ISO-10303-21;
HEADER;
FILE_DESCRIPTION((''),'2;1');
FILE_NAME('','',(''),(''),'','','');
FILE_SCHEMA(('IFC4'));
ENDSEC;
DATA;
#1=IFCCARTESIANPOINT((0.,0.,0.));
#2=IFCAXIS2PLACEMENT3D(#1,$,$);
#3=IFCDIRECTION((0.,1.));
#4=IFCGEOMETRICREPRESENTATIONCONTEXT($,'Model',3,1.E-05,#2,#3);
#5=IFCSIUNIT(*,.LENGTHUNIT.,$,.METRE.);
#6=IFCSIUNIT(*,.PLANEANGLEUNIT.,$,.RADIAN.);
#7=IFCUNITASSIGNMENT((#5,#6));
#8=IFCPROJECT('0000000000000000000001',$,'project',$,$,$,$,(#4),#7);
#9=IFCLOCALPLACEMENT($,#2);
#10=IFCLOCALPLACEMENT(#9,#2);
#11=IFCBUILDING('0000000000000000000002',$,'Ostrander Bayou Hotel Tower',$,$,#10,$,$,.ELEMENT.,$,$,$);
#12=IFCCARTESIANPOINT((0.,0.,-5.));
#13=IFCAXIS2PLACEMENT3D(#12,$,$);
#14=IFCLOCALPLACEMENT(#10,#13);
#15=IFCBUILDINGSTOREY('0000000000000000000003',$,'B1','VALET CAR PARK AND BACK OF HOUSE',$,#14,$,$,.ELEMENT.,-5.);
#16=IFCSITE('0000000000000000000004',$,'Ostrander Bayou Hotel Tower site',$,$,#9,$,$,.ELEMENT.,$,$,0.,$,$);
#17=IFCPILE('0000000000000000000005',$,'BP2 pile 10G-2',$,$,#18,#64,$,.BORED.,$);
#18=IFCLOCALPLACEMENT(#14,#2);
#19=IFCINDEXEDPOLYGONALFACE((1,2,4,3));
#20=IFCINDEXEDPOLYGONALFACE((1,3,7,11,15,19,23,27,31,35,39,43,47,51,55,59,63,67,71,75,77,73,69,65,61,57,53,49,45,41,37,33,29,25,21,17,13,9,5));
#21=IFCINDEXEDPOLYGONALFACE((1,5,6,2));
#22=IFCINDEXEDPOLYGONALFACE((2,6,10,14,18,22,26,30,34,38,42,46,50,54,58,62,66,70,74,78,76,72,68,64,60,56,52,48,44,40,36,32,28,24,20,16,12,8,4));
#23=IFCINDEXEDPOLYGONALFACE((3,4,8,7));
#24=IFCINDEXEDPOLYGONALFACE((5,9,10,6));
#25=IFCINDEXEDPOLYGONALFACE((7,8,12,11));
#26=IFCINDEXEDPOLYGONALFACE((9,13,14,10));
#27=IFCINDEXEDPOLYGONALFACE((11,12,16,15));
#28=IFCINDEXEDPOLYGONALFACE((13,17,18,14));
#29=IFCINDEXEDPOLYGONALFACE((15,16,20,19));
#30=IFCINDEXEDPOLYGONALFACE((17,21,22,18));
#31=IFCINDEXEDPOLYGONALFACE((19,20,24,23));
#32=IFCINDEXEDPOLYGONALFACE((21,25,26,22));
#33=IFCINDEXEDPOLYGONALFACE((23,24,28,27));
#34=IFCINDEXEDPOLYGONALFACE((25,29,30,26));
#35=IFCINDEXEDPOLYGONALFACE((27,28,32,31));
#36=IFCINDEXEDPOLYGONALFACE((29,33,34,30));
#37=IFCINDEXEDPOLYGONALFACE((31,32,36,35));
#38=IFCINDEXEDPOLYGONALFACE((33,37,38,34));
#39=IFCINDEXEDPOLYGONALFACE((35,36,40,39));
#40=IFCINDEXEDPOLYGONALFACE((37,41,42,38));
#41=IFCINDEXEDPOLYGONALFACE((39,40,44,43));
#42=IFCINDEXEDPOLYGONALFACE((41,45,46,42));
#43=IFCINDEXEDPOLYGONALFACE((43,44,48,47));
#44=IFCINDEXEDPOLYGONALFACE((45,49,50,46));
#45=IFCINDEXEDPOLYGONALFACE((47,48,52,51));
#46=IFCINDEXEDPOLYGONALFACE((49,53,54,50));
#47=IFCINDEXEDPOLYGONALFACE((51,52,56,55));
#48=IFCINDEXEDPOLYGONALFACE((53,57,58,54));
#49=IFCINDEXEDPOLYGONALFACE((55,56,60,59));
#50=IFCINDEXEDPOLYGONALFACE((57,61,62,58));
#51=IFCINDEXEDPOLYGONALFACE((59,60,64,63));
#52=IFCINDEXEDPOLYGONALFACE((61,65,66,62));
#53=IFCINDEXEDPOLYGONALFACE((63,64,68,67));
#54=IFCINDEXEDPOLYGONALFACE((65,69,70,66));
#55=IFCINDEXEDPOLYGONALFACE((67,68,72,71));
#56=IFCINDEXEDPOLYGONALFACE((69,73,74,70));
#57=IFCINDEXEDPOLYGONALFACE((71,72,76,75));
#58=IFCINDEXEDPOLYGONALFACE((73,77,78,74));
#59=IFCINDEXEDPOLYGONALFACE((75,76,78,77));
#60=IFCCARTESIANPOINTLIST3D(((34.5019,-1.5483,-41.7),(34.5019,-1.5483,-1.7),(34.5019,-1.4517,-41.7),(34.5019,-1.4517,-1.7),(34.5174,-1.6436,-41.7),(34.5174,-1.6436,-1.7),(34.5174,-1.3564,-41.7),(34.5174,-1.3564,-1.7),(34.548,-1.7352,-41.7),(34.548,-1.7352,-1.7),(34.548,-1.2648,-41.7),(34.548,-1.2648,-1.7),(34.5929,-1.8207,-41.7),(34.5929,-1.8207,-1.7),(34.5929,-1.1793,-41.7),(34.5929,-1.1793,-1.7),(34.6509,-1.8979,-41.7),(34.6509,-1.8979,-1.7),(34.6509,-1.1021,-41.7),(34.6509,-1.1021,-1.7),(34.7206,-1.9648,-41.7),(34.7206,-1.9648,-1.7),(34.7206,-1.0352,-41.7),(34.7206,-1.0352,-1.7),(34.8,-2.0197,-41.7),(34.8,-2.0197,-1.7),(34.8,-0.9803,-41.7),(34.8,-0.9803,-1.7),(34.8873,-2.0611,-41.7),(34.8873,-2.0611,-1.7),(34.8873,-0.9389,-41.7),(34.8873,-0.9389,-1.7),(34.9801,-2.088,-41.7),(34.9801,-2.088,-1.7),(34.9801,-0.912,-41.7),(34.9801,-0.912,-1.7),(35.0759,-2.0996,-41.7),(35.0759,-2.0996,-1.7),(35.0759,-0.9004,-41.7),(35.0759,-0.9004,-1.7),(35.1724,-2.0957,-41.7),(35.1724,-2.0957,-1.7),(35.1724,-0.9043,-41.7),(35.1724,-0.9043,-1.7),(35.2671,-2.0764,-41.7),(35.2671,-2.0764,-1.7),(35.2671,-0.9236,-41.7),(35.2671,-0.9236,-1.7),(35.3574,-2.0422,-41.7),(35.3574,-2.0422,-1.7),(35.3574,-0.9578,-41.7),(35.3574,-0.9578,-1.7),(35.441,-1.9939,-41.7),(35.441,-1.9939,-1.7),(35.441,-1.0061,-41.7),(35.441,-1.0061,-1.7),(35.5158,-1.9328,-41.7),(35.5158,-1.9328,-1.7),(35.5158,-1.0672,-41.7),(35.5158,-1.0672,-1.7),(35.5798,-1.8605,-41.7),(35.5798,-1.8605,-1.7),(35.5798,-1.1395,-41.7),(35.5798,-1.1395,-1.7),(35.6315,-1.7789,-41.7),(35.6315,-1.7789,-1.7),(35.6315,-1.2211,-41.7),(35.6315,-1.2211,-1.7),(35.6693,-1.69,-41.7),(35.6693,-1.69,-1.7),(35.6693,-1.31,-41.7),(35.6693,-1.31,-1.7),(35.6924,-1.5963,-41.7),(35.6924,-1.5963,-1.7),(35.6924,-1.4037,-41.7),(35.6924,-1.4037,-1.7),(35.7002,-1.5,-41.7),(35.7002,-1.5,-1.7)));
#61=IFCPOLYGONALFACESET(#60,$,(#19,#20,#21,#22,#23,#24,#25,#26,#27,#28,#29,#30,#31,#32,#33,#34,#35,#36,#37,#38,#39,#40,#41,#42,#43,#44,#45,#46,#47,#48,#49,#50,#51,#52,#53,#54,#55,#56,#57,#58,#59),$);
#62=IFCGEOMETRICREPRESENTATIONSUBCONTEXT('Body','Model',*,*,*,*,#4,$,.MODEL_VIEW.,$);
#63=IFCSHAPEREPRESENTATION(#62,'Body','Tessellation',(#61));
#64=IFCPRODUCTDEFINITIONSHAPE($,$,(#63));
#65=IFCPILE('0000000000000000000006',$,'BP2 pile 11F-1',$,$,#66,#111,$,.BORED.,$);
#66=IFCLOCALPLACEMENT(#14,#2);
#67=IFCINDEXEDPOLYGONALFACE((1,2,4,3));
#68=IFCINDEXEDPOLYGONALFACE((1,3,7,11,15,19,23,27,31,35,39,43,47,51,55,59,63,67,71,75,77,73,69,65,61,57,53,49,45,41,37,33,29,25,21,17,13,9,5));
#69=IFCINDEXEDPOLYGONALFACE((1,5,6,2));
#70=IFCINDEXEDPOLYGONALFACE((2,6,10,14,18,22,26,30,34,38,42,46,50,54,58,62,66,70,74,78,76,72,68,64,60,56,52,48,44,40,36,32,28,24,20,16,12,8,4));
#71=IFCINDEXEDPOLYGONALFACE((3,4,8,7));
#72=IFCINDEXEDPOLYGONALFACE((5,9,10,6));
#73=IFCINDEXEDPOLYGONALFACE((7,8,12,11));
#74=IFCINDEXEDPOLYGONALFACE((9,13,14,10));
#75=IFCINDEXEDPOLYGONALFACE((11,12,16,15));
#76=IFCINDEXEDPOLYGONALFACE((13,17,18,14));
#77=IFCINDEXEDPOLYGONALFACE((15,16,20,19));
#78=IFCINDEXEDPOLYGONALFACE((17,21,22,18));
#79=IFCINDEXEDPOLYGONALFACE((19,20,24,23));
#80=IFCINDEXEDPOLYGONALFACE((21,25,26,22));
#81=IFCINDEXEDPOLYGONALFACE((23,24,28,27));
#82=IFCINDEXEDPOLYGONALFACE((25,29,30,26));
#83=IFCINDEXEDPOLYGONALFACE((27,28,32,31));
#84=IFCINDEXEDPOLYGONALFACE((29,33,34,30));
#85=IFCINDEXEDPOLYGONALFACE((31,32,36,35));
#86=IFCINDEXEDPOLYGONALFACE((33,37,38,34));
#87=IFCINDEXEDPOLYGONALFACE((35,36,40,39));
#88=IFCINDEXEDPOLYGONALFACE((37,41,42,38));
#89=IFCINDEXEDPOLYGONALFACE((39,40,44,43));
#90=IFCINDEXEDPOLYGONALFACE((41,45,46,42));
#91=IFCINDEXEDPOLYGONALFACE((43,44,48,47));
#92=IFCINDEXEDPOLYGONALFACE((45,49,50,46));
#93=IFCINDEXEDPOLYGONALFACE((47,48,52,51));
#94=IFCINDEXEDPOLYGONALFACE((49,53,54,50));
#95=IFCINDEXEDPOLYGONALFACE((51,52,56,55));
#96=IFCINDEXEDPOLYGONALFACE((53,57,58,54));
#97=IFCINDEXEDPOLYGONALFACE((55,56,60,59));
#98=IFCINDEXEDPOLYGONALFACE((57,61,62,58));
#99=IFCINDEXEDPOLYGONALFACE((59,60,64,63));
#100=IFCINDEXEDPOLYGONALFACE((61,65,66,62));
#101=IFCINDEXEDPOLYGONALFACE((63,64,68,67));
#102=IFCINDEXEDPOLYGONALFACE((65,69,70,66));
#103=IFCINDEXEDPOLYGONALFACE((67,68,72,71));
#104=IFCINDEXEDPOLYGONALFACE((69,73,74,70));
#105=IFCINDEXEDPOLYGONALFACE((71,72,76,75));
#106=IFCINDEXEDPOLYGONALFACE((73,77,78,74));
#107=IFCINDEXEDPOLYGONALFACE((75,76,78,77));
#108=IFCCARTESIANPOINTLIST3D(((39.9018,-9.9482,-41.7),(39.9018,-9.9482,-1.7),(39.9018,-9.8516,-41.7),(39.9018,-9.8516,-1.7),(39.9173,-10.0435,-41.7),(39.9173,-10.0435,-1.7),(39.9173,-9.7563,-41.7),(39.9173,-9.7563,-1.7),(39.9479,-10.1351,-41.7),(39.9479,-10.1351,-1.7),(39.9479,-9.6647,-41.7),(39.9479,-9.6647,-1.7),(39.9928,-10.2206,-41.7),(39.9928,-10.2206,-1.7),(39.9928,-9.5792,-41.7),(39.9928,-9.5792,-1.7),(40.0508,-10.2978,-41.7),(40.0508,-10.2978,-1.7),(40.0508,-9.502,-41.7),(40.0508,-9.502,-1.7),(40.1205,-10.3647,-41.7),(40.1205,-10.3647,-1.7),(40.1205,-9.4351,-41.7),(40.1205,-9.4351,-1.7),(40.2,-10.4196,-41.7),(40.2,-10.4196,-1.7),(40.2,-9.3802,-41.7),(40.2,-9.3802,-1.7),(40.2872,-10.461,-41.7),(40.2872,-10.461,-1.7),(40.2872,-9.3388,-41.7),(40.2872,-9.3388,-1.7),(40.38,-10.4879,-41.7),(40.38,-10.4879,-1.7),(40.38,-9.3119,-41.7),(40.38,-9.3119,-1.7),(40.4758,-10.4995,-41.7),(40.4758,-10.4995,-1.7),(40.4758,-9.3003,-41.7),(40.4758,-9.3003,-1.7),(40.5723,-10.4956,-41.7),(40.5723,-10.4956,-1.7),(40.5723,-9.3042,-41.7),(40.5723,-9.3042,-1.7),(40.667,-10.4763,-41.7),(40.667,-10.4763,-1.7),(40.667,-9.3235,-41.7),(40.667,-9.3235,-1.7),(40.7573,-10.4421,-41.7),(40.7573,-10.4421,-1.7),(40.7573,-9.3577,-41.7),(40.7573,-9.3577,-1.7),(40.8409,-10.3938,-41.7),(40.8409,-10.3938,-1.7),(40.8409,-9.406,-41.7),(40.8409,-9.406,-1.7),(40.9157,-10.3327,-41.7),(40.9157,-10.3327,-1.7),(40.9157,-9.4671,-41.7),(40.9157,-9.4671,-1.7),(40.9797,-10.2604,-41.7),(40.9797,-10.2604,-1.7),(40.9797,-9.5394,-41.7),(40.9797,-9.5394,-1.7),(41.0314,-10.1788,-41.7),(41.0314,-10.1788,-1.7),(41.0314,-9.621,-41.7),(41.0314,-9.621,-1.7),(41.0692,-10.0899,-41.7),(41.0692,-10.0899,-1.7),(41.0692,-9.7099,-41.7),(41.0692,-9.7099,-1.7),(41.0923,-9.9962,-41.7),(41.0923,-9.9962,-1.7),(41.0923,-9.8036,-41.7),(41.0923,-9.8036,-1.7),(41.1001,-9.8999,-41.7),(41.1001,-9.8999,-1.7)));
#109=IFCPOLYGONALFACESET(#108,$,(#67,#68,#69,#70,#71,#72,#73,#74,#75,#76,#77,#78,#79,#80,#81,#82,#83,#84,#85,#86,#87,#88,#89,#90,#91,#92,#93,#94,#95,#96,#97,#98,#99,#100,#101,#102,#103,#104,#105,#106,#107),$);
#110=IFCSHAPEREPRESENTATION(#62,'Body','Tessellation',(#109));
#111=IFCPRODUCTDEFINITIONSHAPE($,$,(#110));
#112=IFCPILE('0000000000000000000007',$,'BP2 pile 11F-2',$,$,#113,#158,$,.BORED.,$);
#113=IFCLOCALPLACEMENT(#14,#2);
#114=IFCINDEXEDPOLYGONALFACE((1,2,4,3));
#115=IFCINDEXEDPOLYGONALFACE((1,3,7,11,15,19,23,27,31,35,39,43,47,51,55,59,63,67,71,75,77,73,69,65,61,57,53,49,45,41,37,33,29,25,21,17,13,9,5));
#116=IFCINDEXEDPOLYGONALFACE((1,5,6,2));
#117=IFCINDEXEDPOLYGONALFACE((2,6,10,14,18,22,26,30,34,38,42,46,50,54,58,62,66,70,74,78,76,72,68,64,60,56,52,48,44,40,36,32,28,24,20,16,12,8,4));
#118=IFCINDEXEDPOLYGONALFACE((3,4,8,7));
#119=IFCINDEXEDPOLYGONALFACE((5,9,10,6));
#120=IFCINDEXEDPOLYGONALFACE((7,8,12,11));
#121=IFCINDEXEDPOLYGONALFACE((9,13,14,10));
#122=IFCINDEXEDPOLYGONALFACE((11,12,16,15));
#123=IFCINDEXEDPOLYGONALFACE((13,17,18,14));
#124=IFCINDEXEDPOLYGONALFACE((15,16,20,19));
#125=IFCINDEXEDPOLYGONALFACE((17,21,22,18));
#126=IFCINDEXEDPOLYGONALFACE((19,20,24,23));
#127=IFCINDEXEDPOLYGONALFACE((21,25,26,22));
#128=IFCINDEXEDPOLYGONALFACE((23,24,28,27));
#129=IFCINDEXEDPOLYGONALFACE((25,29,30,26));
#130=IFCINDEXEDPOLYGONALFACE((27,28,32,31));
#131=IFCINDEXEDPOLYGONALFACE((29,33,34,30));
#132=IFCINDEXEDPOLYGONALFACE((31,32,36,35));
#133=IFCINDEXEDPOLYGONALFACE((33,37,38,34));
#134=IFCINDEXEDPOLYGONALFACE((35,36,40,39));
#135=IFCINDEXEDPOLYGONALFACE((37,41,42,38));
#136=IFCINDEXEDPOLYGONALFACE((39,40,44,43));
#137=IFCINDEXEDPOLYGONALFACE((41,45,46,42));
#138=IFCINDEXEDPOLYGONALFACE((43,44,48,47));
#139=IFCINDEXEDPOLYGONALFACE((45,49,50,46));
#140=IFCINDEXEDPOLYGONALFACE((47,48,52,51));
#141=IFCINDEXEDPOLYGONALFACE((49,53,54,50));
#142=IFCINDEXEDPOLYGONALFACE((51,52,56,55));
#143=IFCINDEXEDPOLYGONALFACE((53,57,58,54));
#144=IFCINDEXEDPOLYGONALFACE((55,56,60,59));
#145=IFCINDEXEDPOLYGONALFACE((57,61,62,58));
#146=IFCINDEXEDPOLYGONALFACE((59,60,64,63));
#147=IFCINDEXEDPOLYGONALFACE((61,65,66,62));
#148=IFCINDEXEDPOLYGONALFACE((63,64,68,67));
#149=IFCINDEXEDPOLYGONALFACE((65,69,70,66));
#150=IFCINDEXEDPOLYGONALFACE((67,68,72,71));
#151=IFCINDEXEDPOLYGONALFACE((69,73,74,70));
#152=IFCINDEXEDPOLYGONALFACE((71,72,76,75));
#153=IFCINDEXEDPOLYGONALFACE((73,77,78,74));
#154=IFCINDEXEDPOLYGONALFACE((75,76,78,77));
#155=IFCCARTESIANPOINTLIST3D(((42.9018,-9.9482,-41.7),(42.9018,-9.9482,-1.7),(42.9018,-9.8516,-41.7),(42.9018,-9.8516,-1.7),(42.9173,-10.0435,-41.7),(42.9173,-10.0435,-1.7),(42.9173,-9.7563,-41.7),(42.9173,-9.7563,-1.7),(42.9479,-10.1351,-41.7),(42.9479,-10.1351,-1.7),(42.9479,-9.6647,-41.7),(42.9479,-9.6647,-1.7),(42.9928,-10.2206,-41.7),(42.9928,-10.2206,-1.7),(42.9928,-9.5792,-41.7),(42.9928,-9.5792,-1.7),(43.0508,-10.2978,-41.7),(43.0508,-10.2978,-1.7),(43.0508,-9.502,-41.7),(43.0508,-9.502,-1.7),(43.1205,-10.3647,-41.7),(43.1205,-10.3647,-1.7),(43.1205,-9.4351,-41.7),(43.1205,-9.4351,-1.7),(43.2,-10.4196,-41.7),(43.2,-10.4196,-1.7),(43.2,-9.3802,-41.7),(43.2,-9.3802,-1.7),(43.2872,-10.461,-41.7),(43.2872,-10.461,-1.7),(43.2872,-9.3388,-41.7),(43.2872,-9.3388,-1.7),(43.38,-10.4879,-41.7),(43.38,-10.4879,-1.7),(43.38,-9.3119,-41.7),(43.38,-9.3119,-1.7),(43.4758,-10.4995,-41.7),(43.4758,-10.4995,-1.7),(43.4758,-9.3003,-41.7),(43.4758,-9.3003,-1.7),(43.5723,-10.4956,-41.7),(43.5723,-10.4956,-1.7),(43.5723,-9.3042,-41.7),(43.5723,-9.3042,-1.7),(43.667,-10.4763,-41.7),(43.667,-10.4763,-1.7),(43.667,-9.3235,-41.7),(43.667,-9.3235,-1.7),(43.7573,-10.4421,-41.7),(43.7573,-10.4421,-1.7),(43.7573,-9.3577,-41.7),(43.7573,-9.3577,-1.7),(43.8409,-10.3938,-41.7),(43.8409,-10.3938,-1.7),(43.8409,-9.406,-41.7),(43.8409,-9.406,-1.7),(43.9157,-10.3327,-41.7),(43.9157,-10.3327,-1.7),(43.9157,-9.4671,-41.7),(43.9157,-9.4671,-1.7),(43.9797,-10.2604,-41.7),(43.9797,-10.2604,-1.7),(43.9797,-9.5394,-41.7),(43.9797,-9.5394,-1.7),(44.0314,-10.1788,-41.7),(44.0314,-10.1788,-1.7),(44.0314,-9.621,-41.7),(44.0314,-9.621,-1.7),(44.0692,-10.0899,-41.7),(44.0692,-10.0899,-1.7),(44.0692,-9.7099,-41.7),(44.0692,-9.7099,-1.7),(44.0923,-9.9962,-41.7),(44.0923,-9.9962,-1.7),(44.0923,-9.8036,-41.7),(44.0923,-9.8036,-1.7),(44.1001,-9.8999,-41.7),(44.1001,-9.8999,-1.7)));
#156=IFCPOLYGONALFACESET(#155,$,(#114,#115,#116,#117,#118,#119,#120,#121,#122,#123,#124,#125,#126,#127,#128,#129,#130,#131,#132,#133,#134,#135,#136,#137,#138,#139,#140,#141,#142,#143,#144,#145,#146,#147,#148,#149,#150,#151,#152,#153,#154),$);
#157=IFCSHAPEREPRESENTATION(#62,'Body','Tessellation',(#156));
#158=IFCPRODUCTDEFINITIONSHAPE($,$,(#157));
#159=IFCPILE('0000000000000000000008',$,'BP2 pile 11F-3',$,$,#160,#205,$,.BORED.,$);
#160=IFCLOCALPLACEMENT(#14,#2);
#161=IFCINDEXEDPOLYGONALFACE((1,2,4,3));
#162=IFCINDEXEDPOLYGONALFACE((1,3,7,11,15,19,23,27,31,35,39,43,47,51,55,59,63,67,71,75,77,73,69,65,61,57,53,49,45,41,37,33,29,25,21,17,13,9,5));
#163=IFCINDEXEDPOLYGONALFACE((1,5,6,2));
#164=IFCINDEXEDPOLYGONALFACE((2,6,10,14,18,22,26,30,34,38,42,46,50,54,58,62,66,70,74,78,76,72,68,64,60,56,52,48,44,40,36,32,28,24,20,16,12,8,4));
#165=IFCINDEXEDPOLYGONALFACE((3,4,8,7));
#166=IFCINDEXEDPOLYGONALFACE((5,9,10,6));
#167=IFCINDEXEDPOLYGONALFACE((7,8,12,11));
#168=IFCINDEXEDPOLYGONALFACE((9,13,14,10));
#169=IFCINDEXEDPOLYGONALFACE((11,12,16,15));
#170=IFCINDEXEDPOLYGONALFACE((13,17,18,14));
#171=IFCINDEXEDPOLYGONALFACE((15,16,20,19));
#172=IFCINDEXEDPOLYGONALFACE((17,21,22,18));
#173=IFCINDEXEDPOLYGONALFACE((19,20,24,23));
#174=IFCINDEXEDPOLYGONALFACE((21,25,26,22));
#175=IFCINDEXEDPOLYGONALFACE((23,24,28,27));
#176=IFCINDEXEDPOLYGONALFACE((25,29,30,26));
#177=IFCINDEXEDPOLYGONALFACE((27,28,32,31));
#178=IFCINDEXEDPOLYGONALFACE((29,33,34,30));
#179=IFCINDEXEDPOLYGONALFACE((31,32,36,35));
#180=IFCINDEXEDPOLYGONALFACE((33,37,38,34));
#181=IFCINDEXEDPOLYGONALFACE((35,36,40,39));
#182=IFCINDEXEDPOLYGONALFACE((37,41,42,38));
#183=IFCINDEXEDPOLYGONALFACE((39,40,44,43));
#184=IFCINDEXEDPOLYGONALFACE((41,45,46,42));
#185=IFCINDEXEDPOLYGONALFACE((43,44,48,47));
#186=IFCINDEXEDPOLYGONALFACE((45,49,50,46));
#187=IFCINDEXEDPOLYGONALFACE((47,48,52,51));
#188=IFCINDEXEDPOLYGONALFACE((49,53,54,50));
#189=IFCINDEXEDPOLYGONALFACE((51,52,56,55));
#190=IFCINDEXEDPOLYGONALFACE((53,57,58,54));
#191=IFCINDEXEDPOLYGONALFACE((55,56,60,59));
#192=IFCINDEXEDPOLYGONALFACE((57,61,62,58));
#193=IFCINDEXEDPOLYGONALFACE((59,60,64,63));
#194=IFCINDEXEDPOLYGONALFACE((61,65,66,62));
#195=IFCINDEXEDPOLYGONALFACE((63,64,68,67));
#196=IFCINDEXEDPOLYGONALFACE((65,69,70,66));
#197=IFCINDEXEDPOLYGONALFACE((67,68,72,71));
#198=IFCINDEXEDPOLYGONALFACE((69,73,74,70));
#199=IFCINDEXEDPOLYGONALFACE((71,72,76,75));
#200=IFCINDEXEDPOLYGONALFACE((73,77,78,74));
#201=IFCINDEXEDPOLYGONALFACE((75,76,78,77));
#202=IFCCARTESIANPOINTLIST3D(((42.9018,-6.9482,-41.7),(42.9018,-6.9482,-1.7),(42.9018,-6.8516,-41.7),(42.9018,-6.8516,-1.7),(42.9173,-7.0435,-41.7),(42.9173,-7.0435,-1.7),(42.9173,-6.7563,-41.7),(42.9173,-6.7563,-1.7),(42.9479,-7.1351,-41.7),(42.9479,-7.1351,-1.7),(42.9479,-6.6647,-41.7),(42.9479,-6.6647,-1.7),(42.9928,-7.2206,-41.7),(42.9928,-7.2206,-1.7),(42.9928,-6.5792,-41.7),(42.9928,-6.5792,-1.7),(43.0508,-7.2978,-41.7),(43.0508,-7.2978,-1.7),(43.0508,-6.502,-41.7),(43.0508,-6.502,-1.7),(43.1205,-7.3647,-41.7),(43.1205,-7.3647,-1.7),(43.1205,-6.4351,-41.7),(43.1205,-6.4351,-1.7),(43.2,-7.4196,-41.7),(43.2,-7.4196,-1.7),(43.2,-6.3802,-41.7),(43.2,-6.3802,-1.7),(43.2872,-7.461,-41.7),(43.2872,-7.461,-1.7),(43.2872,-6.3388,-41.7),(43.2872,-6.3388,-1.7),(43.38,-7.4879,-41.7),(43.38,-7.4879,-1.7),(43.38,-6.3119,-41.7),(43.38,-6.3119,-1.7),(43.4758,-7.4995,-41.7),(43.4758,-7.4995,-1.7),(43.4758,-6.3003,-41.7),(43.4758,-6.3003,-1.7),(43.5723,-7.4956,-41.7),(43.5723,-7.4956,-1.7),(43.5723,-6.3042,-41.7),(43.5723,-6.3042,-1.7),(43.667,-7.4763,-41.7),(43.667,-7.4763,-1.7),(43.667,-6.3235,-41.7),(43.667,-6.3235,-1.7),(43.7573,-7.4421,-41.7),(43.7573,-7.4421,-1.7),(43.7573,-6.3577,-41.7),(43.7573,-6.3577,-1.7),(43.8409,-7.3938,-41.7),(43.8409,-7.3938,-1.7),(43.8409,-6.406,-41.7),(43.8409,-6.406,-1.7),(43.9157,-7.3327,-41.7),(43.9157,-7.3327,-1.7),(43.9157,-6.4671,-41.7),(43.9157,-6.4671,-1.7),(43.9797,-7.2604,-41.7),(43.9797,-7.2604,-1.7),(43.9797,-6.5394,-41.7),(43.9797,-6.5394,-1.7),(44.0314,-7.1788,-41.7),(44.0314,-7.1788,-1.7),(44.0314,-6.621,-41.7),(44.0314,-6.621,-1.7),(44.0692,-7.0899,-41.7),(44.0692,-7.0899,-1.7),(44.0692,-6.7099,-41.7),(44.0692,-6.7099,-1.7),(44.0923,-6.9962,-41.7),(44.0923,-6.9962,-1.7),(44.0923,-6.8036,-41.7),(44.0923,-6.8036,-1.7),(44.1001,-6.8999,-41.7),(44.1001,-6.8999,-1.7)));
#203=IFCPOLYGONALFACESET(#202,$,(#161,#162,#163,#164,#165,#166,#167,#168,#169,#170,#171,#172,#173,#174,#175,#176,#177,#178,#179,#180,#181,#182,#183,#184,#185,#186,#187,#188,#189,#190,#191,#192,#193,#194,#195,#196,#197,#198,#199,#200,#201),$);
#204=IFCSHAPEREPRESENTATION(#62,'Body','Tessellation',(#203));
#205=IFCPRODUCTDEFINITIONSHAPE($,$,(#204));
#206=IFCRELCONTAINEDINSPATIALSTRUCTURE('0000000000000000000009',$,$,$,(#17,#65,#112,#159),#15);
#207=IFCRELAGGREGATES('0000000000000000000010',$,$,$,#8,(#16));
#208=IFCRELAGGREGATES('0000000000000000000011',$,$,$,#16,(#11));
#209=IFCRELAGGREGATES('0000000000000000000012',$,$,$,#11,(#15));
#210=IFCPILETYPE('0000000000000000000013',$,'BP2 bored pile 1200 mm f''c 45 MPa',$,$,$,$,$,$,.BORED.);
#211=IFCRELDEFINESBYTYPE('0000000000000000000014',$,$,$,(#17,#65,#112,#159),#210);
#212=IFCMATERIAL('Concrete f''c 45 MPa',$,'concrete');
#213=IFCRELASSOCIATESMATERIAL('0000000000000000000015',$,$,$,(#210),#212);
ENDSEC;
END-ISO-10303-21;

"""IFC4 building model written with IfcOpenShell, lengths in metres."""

from ifc_helpers import new_model, si_unit, direction, frame, origin, origin_2d, place, context, subcontext, project, spatial, circle, extrude, material, material_profile, profile_set, type_object, element, save


model = new_model("IFC4")

# Units and contexts
model_context = context("Model", 3, precision=1e-05, world=origin(), true_north=direction((0.0, 1.0)))
body_context = subcontext(model_context, "Body", "Model", "MODEL_VIEW")
ifc_project = project(units=[si_unit("LENGTHUNIT", "METRE"), si_unit("PLANEANGLEUNIT", "RADIAN")], contexts=[model_context])

# Site, building, storey
site_placement = place(None, origin())
site = spatial("IfcSite", under=ifc_project, at=site_placement, Name="Ostrander Bayou Hotel Tower site", CompositionType="ELEMENT", RefElevation=0.0)
building_placement = place(site_placement, origin())
building = spatial("IfcBuilding", under=site, at=building_placement, Name="Ostrander Bayou Hotel Tower", CompositionType="ELEMENT")
storey_placement = place(building_placement, frame((0.0, 0.0, -5.0)))
storey = spatial("IfcBuildingStorey", under=building, at=storey_placement, Name="B1", Description="VALET CAR PARK AND BACK OF HOUSE", CompositionType="ELEMENT", Elevation=-5.0)

# Piles
ifc_material_1 = material(Name="Concrete f'c 45 MPa", Category="concrete")
ifc_material_profile_1 = material_profile(ifc_material_1, circle(Radius=0.6001, at=origin_2d()))
ifc_profile_set_1 = profile_set([ifc_material_profile_1], Name="Concrete f'c 45 MPa")
pile_type_1 = type_object("IfcPileType", Name="BP2 bored pile 1200 mm f'c 45 MPa", PredefinedType="BORED", material=ifc_profile_set_1)
for number, where, z_axis, x_axis, name in (
    (1, (35.1001, -1.5, -1.7), (0.0, 0.0, -1.0), (1.0, 0.0, 0.0), "BP2 pile 10G-2"),
    (2, (40.5, -9.8999, -1.7), (0.0, 0.0, -1.0), (1.0, 0.0, 0.0), "BP2 pile 11F-1"),
    (3, (43.5, -9.8999, -1.7), (0.0, 0.0, -1.0), (1.0, 0.0, 0.0), "BP2 pile 11F-2"),
    (4, (43.5, -6.8999, -1.7), (0.0, 0.0, -1.0), (1.0, 0.0, 0.0), "BP2 pile 11F-3"),
):
    element("IfcPile", number, at=place(storey_placement, frame(where, z_axis=z_axis, x_axis=x_axis)), inside=storey, type_object=pile_type_1, Name=name, PredefinedType="BORED", context=body_context, shape_type="SweptSolid", body=[
        extrude(circle(Radius=0.6001, at=origin_2d()), origin(), (0.0, 0.0, 1.0), 40.0),
    ])

save(model, "model.ifc")
